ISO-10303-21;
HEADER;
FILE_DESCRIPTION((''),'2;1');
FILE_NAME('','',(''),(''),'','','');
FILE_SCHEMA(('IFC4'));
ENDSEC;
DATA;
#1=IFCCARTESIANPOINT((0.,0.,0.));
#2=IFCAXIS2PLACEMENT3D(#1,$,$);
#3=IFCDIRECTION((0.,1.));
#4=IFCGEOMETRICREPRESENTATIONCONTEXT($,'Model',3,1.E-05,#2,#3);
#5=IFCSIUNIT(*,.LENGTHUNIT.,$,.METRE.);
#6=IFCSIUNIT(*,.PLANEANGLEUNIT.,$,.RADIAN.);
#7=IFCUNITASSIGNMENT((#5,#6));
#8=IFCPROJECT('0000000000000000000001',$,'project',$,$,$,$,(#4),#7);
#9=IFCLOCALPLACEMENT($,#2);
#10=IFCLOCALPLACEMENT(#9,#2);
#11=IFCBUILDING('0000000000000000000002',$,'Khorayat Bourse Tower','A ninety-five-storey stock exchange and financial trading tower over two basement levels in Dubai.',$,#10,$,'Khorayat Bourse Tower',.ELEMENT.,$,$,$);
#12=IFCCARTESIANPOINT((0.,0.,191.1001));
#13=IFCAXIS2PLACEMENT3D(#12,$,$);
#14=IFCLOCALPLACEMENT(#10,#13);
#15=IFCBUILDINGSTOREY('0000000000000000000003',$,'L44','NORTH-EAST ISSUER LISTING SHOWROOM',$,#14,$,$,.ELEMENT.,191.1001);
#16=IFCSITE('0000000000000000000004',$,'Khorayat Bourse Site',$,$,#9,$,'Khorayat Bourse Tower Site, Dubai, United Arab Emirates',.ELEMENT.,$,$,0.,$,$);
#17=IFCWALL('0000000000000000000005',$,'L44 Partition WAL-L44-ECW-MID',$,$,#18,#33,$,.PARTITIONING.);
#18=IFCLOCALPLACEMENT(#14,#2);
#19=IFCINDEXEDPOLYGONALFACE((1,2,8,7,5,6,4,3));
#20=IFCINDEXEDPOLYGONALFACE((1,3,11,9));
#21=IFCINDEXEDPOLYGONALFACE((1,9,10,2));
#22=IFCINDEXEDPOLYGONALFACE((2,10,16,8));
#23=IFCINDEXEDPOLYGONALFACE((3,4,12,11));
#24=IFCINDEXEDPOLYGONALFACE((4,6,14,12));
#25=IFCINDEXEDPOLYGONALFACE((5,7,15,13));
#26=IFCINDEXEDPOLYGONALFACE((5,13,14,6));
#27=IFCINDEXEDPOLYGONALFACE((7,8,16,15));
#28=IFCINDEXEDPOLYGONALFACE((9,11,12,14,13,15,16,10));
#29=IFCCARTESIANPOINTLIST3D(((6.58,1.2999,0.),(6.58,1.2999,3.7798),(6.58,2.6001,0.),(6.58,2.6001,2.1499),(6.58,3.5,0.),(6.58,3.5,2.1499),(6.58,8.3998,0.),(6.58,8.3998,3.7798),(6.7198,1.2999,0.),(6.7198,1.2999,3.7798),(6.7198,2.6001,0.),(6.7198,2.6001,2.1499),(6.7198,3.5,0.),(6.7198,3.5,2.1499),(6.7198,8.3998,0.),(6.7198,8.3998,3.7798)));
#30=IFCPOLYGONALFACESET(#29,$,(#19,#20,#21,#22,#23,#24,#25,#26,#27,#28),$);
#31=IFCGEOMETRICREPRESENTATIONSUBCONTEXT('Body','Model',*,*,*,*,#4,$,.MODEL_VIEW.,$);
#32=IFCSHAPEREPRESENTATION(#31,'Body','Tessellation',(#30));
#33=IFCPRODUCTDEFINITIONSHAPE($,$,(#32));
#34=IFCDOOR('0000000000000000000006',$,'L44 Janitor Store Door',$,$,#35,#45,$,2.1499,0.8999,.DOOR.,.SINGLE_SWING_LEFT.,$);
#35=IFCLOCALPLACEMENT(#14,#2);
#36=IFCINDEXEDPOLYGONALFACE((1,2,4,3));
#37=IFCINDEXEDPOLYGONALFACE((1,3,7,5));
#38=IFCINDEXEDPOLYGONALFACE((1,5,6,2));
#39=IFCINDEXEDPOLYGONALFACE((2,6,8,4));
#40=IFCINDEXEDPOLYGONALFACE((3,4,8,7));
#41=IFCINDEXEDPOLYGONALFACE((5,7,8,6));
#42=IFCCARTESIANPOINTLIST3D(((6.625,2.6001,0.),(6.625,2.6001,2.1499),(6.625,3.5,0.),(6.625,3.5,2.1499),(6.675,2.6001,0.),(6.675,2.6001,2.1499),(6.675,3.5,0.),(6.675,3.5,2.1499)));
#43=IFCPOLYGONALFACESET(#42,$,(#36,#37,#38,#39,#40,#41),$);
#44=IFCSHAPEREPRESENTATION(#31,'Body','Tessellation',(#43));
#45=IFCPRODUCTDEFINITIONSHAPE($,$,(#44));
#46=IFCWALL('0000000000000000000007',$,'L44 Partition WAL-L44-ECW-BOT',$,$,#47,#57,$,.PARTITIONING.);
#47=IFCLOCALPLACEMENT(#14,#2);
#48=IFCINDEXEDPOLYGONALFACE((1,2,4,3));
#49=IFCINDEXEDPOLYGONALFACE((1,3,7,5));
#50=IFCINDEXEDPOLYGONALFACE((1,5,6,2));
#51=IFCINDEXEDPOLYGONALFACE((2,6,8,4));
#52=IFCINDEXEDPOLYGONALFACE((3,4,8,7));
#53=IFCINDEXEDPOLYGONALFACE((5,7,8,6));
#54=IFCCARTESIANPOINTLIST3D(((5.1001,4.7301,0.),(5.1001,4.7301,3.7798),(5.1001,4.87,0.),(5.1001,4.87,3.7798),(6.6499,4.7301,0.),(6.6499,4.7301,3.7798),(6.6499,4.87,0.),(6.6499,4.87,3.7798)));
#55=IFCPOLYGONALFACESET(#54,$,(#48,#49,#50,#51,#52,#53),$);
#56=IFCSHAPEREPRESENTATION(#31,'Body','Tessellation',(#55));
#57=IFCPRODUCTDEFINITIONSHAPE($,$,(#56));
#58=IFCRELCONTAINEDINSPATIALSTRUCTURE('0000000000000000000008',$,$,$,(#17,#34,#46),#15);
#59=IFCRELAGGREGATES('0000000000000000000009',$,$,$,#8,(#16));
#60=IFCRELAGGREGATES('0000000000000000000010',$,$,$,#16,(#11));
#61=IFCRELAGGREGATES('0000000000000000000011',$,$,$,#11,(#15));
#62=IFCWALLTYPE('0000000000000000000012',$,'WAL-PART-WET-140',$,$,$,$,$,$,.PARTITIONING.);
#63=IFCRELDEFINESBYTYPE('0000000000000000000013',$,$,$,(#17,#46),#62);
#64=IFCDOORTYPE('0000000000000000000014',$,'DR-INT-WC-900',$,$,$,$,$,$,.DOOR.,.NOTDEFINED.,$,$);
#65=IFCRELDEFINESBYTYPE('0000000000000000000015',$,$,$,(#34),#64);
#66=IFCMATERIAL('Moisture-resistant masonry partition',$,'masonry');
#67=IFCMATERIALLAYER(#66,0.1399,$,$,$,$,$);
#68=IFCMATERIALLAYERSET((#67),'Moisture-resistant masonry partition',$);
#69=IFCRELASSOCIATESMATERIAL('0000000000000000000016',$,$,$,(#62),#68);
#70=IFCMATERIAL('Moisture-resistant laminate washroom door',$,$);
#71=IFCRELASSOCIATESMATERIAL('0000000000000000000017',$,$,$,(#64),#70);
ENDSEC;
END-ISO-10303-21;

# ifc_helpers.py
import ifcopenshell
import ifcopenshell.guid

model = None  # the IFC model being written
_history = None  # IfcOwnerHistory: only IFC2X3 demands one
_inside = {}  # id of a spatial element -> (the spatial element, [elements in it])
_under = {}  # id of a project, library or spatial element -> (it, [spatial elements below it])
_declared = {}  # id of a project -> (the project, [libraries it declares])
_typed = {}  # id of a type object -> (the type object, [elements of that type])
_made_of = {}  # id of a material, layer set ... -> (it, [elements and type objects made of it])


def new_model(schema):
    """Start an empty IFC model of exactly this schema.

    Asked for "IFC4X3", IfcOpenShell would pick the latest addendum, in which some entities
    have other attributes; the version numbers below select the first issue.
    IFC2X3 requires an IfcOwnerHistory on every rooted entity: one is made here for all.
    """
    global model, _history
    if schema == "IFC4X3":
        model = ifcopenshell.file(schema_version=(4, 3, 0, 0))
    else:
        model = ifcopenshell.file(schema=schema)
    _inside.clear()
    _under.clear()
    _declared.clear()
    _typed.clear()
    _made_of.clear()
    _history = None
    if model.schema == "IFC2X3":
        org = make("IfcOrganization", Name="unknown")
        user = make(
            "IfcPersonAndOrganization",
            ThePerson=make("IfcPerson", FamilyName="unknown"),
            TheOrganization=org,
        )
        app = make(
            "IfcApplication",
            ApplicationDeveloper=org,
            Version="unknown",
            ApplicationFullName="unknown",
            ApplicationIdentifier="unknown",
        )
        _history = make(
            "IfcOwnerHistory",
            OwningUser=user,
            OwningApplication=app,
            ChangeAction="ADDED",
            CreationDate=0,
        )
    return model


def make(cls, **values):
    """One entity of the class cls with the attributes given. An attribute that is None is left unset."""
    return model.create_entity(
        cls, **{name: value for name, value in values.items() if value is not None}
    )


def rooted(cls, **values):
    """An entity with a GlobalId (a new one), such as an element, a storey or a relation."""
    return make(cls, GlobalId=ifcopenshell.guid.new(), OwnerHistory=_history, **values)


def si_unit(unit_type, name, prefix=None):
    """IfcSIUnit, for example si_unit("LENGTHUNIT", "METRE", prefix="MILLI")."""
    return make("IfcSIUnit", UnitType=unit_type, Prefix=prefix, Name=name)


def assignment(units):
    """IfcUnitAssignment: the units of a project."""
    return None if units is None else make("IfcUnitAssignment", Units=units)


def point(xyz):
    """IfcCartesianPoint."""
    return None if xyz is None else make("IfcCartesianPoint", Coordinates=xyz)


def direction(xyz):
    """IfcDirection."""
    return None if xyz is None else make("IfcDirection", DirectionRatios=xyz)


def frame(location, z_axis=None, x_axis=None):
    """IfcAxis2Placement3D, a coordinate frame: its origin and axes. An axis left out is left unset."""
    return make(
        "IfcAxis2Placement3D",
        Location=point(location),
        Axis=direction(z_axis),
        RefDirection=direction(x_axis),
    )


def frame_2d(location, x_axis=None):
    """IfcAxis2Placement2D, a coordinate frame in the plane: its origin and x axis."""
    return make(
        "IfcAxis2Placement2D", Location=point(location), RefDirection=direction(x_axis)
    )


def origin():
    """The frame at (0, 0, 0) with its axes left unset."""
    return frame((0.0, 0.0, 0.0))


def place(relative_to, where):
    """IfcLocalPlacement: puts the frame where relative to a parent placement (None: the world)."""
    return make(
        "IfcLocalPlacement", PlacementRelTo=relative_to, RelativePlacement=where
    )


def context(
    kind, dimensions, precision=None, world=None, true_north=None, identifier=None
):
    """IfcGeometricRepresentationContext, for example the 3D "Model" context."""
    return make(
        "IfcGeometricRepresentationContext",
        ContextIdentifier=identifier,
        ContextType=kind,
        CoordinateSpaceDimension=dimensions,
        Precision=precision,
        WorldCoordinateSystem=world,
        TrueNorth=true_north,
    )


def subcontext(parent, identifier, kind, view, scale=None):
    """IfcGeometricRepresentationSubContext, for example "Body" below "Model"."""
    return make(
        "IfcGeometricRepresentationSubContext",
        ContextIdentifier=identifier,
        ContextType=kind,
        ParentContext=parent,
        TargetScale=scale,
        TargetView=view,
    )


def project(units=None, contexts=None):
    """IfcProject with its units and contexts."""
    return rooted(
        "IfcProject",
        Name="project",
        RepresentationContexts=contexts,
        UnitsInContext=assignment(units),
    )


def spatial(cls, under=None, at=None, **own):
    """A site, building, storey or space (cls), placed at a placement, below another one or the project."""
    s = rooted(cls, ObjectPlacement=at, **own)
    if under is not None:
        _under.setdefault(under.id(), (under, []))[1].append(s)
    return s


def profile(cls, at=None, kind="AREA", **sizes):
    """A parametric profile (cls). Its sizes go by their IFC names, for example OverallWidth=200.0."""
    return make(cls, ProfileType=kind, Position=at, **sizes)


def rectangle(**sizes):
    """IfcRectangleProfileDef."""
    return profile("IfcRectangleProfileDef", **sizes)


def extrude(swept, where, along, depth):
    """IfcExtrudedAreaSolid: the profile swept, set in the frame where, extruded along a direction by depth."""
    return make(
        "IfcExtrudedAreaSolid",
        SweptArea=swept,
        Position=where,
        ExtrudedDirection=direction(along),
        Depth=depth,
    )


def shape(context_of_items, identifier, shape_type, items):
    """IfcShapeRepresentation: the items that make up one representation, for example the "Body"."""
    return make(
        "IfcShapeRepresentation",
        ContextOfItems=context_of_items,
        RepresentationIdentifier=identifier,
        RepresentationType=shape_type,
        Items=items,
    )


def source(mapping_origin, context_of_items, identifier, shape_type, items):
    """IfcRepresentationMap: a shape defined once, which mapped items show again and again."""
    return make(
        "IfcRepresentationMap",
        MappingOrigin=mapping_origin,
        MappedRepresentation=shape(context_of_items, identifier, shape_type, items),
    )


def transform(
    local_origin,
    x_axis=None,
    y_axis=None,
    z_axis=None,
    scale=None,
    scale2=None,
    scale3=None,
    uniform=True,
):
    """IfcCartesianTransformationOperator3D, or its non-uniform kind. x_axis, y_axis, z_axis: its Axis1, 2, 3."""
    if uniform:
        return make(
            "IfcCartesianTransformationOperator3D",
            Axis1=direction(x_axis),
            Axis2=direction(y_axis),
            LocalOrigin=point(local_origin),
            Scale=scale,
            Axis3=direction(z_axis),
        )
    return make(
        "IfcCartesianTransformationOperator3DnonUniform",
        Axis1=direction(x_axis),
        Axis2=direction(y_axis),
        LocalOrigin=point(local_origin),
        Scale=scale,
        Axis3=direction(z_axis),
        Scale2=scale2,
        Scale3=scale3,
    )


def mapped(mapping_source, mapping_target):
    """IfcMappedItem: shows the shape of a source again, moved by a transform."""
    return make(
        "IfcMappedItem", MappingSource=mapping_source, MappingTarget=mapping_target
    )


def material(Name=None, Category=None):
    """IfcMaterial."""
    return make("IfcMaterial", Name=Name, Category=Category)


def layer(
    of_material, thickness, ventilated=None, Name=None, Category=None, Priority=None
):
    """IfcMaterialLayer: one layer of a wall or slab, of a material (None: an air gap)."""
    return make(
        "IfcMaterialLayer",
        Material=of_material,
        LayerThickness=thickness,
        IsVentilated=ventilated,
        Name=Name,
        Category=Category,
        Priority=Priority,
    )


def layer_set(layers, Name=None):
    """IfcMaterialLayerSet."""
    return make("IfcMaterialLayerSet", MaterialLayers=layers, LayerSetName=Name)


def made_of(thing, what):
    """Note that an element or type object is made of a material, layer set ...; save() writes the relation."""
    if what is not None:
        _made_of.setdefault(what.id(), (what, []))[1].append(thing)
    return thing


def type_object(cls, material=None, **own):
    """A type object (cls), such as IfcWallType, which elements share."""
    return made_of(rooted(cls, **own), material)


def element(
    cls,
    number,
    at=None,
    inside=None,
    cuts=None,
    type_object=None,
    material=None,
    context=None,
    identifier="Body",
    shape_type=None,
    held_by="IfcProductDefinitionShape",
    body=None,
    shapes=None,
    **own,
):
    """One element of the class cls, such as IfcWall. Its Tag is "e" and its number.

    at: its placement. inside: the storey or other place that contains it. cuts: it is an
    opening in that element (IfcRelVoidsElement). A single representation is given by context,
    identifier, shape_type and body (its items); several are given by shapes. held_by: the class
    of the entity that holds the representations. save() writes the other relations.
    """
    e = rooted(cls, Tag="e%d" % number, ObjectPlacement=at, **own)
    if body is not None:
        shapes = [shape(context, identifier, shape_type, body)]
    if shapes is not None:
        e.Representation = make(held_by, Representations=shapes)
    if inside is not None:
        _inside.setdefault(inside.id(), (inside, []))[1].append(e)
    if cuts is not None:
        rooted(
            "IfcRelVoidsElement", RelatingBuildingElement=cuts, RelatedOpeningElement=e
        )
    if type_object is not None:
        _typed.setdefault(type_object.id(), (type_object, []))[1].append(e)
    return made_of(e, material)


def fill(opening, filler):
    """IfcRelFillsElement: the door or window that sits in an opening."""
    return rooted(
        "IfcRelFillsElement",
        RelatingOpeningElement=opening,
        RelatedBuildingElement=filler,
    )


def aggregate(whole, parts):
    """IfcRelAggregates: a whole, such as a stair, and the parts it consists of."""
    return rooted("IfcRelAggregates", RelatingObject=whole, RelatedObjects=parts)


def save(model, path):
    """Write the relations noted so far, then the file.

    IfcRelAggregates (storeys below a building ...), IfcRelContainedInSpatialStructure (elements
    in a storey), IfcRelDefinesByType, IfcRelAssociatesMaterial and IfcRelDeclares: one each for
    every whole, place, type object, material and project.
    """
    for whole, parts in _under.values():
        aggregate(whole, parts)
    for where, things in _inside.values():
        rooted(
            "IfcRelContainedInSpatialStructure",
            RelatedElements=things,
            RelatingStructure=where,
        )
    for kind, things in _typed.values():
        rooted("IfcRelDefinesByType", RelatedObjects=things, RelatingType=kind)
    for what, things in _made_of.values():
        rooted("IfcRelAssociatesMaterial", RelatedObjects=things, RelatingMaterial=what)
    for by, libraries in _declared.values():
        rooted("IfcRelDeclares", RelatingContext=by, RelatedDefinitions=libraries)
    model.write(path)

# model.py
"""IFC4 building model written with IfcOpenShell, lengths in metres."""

from ifc_helpers import new_model, si_unit, direction, frame, frame_2d, origin, place, context, subcontext, project, spatial, rectangle, extrude, source, transform, mapped, material, layer, layer_set, type_object, element, fill, save


model = new_model("IFC4")

# Units and contexts
model_context = context("Model", 3, precision=1e-05, world=origin(), true_north=direction((0.0, 1.0)))
body_context = subcontext(model_context, "Body", "Model", "MODEL_VIEW")
ifc_project = project(units=[si_unit("LENGTHUNIT", "METRE"), si_unit("PLANEANGLEUNIT", "RADIAN")], contexts=[model_context])

# Site, building, storey
site_placement = place(None, origin())
site = spatial("IfcSite", under=ifc_project, at=site_placement, Name="Khorayat Bourse Site", LongName="Khorayat Bourse Tower Site, Dubai, United Arab Emirates", CompositionType="ELEMENT", RefElevation=0.0)
building_placement = place(site_placement, origin())
building = spatial("IfcBuilding", under=site, at=building_placement, Name="Khorayat Bourse Tower", Description="A ninety-five-storey stock exchange and financial trading tower over two basement levels in Dubai.", LongName="Khorayat Bourse Tower", CompositionType="ELEMENT")
storey_placement = place(building_placement, frame((0.0, 0.0, 191.1001)))
storey = spatial("IfcBuildingStorey", under=building, at=storey_placement, Name="L44", Description="NORTH-EAST ISSUER LISTING SHOWROOM", CompositionType="ELEMENT", Elevation=191.1001)

# Shared definitions
ifc_material_1 = material(Name="Moisture-resistant masonry partition", Category="masonry")
ifc_layer_1 = layer(ifc_material_1, 0.1399)
ifc_layer_set_1 = layer_set([ifc_layer_1], Name="Moisture-resistant masonry partition")
wall_type_1 = type_object("IfcWallType", Name="WAL-PART-WET-140", PredefinedType="PARTITIONING", material=ifc_layer_set_1)

# Shared definitions
shared_shape_1 = source(origin(), body_context, "Body", "SweptSolid", [
    extrude(rectangle(XDim=0.8999, YDim=2.1499, at=frame_2d((0.45, 1.075))), frame((0.0, 0.0798, 0.0), z_axis=(0.0, -1.0, 0.0), x_axis=(1.0, 0.0, 0.0)), (0.0, 0.0, 1.0), 0.1599),
])
ifc_material_2 = material(Name="Moisture-resistant laminate washroom door")
door_type_1 = type_object("IfcDoorType", Name="DR-INT-WC-900", OperationType="NOTDEFINED", PredefinedType="DOOR", material=ifc_material_2)
shared_shape_2 = source(origin(), body_context, "Body", "SweptSolid", [
    extrude(rectangle(XDim=0.8999, YDim=2.1499, at=frame_2d((0.45, 1.075))), frame((0.0, 0.0249, 0.0), z_axis=(0.0, -1.0, 0.0), x_axis=(1.0, 0.0, 0.0)), (0.0, 0.0, 1.0), 0.05),
])

# Wall, opening, door
shared_shape_3 = source(origin(), body_context, "Body", "SweptSolid", [
    extrude(rectangle(XDim=7.0999, YDim=0.1399, at=frame_2d((3.5498, 0.0))), origin(), (0.0, 0.0, 1.0), 3.7798),
])
wall_1_placement = place(storey_placement, frame((6.6499, 1.3, 0.0), z_axis=(0.0, 0.0, 1.0), x_axis=(0.0, 1.0, 0.0)))
wall_1 = element("IfcWall", 1, at=wall_1_placement, inside=storey, type_object=wall_type_1, Name="L44 Partition WAL-L44-ECW-MID", PredefinedType="PARTITIONING", context=body_context, shape_type="MappedRepresentation", body=[
    mapped(shared_shape_3, transform((0.0, 0.0, 0.0), scale=1.0)),
])
opening_1_placement = place(wall_1_placement, frame((1.3, 0.0, 0.0)))
opening_1 = element("IfcOpeningElement", 2, at=opening_1_placement, cuts=wall_1, PredefinedType="OPENING", context=body_context, shape_type="MappedRepresentation", body=[
    mapped(shared_shape_1, transform((0.0, 0.0, 0.0), scale=1.0)),
])
door_1_placement = place(opening_1_placement, origin())
door_1 = element("IfcDoor", 3, at=door_1_placement, inside=storey, type_object=door_type_1, Name="L44 Janitor Store Door", OperationType="SINGLE_SWING_LEFT", OverallHeight=2.1499, OverallWidth=0.8999, PredefinedType="DOOR", context=body_context, shape_type="MappedRepresentation", body=[
    mapped(shared_shape_2, transform((0.0, 0.0, 0.0), scale=1.0)),
])
fill(opening_1, door_1)

# Wall
shared_shape_4 = source(origin(), body_context, "Body", "SweptSolid", [
    extrude(rectangle(XDim=1.5498, YDim=0.1399, at=frame_2d((0.7749, 0.0))), origin(), (0.0, 0.0, 1.0), 3.7798),
])
wall_2_placement = place(storey_placement, frame((5.1001, 4.8, 0.0), z_axis=(0.0, 0.0, 1.0), x_axis=(1.0, 0.0, 0.0)))
element("IfcWall", 4, at=wall_2_placement, inside=storey, type_object=wall_type_1, Name="L44 Partition WAL-L44-ECW-BOT", PredefinedType="PARTITIONING", context=body_context, shape_type="MappedRepresentation", body=[
    mapped(shared_shape_4, transform((0.0, 0.0, 0.0), scale=1.0)),
])

save(model, "model.ifc")
